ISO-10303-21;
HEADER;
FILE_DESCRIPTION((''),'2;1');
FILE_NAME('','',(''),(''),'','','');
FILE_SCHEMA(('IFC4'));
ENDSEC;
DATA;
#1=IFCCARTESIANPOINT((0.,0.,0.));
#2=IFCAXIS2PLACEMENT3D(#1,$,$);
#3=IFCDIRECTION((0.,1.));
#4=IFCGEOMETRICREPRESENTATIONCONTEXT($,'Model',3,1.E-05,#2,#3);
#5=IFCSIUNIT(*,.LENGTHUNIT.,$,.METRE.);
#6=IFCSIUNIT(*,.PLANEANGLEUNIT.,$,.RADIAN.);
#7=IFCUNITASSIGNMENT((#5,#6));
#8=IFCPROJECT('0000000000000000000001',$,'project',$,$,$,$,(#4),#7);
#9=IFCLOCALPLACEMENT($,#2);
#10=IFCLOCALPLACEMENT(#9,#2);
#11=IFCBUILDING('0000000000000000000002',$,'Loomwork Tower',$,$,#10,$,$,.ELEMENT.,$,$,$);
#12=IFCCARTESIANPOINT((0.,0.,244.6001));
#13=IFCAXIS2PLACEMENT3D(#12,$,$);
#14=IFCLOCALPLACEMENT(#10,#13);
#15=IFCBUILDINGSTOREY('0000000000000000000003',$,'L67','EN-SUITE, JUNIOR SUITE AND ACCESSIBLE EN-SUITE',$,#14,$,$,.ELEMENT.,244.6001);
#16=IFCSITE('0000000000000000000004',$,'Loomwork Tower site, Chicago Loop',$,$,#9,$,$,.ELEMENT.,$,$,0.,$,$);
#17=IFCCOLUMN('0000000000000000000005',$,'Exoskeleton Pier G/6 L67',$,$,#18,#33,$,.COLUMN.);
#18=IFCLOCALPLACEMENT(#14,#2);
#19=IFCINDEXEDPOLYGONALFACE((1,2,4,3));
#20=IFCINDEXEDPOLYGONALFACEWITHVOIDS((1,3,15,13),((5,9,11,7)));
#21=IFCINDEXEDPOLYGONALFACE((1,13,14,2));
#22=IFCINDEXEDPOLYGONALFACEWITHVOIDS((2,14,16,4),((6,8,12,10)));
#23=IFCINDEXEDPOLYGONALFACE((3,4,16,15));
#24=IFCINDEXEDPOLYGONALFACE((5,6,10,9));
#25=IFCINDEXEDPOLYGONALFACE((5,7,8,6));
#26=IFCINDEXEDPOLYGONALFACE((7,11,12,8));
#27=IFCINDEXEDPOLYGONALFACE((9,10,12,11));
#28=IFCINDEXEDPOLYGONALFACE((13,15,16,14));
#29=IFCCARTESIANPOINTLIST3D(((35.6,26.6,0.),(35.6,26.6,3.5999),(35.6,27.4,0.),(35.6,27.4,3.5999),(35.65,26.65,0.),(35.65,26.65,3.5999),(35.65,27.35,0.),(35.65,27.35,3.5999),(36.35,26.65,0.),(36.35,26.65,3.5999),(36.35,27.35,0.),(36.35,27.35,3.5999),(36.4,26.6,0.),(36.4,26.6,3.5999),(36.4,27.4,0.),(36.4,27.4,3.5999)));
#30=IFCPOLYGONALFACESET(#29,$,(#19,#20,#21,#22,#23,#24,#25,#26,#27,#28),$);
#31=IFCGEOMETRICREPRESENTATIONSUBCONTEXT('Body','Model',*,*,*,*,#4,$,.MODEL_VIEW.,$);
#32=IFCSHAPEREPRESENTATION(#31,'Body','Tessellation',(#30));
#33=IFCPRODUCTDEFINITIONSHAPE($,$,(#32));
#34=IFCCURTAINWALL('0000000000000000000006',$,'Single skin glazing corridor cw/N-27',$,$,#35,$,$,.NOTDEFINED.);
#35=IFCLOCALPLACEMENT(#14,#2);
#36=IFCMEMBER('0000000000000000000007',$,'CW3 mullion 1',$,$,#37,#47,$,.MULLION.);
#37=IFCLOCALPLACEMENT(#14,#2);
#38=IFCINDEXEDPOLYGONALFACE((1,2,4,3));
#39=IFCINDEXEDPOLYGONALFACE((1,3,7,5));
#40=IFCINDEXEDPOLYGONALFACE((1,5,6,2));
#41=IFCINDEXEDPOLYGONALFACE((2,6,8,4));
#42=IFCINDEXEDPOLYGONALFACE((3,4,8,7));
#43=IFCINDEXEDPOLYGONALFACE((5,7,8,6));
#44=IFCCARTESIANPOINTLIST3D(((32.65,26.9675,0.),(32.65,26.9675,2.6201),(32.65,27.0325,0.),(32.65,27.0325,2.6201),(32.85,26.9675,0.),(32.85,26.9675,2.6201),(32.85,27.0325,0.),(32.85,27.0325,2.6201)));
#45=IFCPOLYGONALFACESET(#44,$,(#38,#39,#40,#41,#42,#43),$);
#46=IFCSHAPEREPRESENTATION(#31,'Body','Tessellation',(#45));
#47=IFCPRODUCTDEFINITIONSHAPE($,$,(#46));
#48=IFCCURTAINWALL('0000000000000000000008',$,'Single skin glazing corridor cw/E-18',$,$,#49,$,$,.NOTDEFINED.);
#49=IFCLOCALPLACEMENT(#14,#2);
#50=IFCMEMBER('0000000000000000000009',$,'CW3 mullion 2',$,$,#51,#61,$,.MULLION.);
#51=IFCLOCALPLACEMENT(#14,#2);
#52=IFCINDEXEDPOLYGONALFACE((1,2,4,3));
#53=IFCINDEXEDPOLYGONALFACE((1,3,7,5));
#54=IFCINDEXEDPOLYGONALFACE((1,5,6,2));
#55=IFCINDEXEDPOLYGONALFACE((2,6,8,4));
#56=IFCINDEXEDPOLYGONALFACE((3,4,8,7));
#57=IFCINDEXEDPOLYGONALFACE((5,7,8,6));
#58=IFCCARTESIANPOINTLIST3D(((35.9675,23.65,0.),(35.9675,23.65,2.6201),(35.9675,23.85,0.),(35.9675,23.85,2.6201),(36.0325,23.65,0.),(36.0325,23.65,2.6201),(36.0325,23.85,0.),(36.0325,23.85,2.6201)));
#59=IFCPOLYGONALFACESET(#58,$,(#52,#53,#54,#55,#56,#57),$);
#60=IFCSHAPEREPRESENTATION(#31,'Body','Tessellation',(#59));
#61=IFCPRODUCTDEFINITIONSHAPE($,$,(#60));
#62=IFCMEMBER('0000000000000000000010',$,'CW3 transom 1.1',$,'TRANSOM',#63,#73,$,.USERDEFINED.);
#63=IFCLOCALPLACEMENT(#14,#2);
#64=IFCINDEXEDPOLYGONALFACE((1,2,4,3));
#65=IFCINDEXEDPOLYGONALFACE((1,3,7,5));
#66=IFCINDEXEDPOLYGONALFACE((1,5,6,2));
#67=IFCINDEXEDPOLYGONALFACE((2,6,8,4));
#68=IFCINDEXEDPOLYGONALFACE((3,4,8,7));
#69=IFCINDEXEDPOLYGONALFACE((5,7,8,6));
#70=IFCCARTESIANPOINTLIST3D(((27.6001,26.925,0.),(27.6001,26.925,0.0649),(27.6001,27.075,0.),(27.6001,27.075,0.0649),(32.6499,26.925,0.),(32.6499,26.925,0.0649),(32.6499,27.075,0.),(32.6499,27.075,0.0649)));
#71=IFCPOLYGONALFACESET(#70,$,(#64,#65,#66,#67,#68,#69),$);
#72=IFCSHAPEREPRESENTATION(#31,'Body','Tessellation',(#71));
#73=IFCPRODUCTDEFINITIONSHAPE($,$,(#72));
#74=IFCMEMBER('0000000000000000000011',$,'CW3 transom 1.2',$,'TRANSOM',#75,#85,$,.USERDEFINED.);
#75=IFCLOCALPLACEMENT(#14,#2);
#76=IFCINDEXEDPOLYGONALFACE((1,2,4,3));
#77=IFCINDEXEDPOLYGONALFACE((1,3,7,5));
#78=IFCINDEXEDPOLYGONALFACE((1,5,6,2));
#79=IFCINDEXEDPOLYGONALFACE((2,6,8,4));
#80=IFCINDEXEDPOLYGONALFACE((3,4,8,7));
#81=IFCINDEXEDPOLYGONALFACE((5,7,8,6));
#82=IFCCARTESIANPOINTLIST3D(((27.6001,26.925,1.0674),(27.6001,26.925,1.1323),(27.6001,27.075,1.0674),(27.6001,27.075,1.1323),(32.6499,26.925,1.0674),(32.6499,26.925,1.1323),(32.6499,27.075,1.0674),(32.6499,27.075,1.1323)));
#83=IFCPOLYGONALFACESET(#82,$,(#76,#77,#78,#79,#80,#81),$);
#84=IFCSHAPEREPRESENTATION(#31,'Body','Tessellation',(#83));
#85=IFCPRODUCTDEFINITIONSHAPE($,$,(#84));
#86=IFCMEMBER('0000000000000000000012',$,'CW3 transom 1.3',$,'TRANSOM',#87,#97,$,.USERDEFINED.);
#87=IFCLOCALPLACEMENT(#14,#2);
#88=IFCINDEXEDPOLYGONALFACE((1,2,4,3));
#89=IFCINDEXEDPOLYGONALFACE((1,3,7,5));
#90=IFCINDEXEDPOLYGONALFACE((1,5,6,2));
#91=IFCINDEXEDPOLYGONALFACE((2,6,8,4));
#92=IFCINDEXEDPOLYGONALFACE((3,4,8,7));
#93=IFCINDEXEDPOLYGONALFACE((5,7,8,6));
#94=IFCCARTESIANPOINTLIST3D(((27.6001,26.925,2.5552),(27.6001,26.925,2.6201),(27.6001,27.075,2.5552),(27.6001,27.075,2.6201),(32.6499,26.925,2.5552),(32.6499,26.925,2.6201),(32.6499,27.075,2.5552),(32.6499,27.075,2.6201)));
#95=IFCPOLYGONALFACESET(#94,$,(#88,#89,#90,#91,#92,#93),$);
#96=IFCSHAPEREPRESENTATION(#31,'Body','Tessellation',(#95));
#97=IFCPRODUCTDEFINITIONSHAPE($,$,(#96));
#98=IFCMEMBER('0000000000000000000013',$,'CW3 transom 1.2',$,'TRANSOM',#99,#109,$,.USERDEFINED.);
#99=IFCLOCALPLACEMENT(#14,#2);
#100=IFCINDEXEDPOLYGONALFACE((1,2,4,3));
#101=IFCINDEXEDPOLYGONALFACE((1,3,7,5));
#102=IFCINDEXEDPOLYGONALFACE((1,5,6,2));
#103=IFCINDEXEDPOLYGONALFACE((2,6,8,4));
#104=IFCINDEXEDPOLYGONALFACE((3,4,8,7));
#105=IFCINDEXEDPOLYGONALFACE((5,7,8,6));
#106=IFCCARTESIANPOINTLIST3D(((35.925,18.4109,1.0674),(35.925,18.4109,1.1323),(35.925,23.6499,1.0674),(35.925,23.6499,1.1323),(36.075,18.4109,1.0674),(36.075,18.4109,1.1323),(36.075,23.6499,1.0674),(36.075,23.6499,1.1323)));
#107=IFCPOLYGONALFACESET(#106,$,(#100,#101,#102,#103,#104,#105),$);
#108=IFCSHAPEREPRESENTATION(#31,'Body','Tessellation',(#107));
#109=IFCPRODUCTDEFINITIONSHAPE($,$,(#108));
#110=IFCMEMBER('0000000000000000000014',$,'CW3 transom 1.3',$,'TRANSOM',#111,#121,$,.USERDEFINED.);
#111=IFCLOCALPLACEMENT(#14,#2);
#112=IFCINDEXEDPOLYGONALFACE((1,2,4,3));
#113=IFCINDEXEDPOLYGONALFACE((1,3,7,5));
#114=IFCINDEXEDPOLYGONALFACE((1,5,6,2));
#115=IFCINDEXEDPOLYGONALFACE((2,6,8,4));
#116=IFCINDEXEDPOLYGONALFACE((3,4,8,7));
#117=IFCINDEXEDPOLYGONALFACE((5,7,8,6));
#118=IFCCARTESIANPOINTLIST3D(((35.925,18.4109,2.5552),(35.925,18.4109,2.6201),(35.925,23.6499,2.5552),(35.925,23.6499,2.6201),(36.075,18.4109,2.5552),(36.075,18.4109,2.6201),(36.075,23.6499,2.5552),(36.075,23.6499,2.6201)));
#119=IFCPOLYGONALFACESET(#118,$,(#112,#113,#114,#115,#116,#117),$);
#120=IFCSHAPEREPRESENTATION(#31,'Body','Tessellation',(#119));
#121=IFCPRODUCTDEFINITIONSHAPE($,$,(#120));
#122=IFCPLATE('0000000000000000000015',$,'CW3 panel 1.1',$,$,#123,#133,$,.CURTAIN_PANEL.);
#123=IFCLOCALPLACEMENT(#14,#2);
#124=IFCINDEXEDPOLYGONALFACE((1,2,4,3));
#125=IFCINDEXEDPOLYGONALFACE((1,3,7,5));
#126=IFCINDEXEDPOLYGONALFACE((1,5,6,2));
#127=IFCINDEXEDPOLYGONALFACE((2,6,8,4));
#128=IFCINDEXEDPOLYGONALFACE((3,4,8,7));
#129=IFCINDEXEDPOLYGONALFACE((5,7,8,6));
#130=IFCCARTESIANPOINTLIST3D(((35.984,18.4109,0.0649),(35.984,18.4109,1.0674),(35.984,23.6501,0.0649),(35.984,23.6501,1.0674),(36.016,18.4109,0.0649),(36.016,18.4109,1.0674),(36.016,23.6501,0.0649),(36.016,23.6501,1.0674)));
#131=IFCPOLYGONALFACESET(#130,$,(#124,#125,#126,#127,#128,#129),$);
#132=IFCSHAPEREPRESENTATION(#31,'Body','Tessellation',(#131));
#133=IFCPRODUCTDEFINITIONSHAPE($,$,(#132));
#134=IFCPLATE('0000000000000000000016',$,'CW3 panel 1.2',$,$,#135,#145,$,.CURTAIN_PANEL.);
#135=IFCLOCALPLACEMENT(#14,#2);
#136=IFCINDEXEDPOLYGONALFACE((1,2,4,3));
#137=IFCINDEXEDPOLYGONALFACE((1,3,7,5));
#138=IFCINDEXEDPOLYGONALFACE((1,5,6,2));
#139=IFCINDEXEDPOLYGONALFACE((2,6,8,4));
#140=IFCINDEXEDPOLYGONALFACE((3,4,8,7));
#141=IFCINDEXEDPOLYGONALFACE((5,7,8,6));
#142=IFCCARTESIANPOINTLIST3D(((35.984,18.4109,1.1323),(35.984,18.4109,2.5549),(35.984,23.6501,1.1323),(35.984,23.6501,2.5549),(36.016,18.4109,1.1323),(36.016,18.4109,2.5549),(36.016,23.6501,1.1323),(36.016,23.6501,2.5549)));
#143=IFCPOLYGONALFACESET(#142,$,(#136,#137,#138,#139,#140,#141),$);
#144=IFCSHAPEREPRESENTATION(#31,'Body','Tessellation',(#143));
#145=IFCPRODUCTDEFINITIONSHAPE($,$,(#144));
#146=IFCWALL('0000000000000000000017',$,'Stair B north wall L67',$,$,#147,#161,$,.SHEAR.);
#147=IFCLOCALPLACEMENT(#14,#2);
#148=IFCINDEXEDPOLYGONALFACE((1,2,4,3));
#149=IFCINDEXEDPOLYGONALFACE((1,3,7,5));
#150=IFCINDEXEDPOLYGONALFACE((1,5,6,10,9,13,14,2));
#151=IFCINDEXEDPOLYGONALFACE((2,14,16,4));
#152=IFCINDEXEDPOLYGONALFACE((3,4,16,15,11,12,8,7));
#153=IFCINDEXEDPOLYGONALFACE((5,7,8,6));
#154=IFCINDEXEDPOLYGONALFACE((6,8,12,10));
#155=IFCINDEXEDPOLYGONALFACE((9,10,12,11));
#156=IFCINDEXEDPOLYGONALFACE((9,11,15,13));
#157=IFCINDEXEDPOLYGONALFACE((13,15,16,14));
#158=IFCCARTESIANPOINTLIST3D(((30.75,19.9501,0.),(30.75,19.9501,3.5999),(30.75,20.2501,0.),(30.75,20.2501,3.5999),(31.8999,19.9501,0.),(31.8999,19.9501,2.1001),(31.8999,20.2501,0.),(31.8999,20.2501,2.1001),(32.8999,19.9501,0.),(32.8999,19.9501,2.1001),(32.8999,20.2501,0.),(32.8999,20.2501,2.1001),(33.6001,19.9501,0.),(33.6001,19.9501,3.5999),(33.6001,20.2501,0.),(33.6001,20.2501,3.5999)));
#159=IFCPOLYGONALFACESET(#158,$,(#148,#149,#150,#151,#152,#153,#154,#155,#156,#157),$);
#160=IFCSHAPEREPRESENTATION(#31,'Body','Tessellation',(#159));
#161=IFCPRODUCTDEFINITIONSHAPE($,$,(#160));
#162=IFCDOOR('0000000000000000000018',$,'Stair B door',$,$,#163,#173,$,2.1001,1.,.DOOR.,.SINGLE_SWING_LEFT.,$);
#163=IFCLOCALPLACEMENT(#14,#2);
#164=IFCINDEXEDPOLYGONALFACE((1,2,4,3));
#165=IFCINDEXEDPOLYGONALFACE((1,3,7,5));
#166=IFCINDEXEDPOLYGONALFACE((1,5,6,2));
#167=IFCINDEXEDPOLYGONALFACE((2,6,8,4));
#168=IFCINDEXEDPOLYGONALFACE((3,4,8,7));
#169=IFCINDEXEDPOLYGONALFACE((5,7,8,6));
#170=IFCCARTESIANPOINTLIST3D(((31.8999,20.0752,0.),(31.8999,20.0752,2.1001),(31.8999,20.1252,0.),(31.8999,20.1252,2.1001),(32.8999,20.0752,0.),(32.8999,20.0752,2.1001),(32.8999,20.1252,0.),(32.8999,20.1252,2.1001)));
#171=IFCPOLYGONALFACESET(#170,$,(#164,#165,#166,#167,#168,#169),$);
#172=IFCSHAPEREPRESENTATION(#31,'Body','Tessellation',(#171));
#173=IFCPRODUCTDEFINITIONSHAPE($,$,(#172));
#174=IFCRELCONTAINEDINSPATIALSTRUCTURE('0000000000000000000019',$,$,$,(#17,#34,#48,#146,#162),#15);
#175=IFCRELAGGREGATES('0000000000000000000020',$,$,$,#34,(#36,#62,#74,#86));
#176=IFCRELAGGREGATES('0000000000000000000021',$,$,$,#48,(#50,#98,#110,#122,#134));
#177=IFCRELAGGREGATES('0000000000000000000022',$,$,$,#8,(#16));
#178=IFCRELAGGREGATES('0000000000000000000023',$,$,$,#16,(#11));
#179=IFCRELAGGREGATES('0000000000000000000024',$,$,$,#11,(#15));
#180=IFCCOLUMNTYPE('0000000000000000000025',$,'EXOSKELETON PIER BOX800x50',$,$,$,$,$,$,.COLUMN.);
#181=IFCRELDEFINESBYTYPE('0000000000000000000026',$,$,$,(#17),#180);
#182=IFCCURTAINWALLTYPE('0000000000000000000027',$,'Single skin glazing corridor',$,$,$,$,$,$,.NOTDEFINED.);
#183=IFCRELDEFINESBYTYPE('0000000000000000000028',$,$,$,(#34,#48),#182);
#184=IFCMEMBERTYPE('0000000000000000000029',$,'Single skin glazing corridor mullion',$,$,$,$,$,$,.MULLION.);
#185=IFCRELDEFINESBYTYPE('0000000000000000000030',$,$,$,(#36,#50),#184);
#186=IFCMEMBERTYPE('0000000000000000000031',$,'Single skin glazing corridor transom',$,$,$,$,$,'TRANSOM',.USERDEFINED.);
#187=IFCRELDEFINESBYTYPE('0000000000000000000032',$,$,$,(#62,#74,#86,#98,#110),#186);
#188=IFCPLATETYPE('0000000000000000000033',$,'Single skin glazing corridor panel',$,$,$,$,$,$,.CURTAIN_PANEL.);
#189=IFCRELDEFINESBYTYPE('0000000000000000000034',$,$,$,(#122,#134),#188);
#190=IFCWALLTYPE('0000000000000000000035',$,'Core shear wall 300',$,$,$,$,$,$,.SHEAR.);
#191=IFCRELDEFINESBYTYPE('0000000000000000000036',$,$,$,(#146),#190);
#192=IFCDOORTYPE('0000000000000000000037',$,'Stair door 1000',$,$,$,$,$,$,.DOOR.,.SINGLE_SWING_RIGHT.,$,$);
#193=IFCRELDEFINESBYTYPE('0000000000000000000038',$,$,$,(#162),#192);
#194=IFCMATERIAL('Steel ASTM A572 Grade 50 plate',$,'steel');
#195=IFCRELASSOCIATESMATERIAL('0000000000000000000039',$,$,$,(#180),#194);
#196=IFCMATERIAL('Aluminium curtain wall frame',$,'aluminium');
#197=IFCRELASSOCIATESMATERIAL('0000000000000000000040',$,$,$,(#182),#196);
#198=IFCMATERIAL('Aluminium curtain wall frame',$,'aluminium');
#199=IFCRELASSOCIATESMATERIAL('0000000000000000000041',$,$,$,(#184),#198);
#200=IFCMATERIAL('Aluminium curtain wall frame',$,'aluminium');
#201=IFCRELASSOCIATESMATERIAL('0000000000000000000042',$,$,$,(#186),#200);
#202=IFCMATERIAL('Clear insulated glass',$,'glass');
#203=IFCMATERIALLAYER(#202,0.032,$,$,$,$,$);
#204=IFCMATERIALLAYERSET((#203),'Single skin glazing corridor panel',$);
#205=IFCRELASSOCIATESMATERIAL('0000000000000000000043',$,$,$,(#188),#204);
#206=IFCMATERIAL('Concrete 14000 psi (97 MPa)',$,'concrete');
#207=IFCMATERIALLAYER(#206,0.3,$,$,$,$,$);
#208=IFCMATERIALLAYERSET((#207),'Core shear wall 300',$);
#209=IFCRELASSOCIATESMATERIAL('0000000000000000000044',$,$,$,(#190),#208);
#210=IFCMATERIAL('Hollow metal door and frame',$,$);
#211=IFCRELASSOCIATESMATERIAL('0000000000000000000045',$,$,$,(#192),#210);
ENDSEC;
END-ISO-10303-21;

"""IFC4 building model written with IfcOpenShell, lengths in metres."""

from ifc_helpers import new_model, si_unit, direction, frame, frame_2d, origin, origin_2d, place, context, subcontext, project, spatial, rectangle, hollow_rectangle, extrude, material, layer, layer_set, material_profile, profile_set, type_object, element, fill, aggregate, save


model = new_model("IFC4")

# Units and contexts
model_context = context("Model", 3, precision=1e-05, world=origin(), true_north=direction((0.0, 1.0)))
body_context = subcontext(model_context, "Body", "Model", "MODEL_VIEW")
ifc_project = project(units=[si_unit("LENGTHUNIT", "METRE"), si_unit("PLANEANGLEUNIT", "RADIAN")], contexts=[model_context])

# Site, building, storey
site_placement = place(None, origin())
site = spatial("IfcSite", under=ifc_project, at=site_placement, Name="Loomwork Tower site, Chicago Loop", CompositionType="ELEMENT", RefElevation=0.0)
building_placement = place(site_placement, origin())
building = spatial("IfcBuilding", under=site, at=building_placement, Name="Loomwork Tower", CompositionType="ELEMENT")
storey_placement = place(building_placement, frame((0.0, 0.0, 244.6001)))
storey = spatial("IfcBuildingStorey", under=building, at=storey_placement, Name="L67", Description="EN-SUITE, JUNIOR SUITE AND ACCESSIBLE EN-SUITE", CompositionType="ELEMENT", Elevation=244.6001)

# Column
ifc_material_1 = material(Name="Steel ASTM A572 Grade 50 plate", Category="steel")
ifc_material_profile_1 = material_profile(ifc_material_1, hollow_rectangle(XDim=0.8, YDim=0.8, WallThickness=0.05, at=origin_2d()), Name="BOX800x50")
ifc_profile_set_1 = profile_set([ifc_material_profile_1], Name="Steel ASTM A572 Grade 50 plate")
column_type = type_object("IfcColumnType", Name="EXOSKELETON PIER BOX800x50", PredefinedType="COLUMN", material=ifc_profile_set_1)
column_placement = place(storey_placement, frame((36.0, 27.0, 0.0), z_axis=(0.0, 0.0, 1.0), x_axis=(1.0, 0.0, 0.0)))
element("IfcColumn", 1, at=column_placement, inside=storey, type_object=column_type, Name="Exoskeleton Pier G/6 L67", PredefinedType="COLUMN", context=body_context, shape_type="SweptSolid", body=[
    extrude(hollow_rectangle(XDim=0.8, YDim=0.8, WallThickness=0.05, at=origin_2d()), origin(), (0.0, 0.0, 1.0), 3.5999),
])

# Curtain walls, members
ifc_material_2 = material(Name="Aluminium curtain wall frame", Category="aluminium")
curtain_wall_type = type_object("IfcCurtainWallType", Name="Single skin glazing corridor", PredefinedType="NOTDEFINED", material=ifc_material_2)
curtain_wall_1_placement = place(storey_placement, origin())
curtain_wall_1 = element("IfcCurtainWall", 2, at=curtain_wall_1_placement, inside=storey, type_object=curtain_wall_type, Name="Single skin glazing corridor cw/N-27", PredefinedType="NOTDEFINED")
ifc_material_3 = material(Name="Aluminium curtain wall frame", Category="aluminium")
ifc_material_profile_2 = material_profile(ifc_material_3, rectangle(XDim=0.0649, YDim=0.2, at=origin_2d()), Name="AL 65x200")
ifc_profile_set_2 = profile_set([ifc_material_profile_2], Name="Aluminium curtain wall frame")
member_type_1 = type_object("IfcMemberType", Name="Single skin glazing corridor mullion", PredefinedType="MULLION", material=ifc_profile_set_2)
member_1_placement = place(storey_placement, frame((32.75, 27.0, 0.0), z_axis=(0.0, 0.0, 1.0), x_axis=(0.0, -1.0, 0.0)))
member_1 = element("IfcMember", 3, at=member_1_placement, type_object=member_type_1, Name="CW3 mullion 1", PredefinedType="MULLION", context=body_context, shape_type="SweptSolid", body=[
    extrude(rectangle(XDim=0.0649, YDim=0.2, at=origin_2d()), origin(), (0.0, 0.0, 1.0), 2.6201),
])
curtain_wall_2_placement = place(storey_placement, origin())
curtain_wall_2 = element("IfcCurtainWall", 4, at=curtain_wall_2_placement, inside=storey, type_object=curtain_wall_type, Name="Single skin glazing corridor cw/E-18", PredefinedType="NOTDEFINED")
member_2_placement = place(storey_placement, frame((36.0, 23.75, 0.0), z_axis=(0.0, 0.0, 1.0), x_axis=(-1.0, 0.0, 0.0)))
member_2 = element("IfcMember", 5, at=member_2_placement, type_object=member_type_1, Name="CW3 mullion 2", PredefinedType="MULLION", context=body_context, shape_type="SweptSolid", body=[
    extrude(rectangle(XDim=0.0649, YDim=0.2, at=origin_2d()), origin(), (0.0, 0.0, 1.0), 2.6201),
])

# Members
ifc_material_4 = material(Name="Aluminium curtain wall frame", Category="aluminium")
ifc_material_profile_3 = material_profile(ifc_material_4, rectangle(XDim=0.1499, YDim=0.0649, at=origin_2d()), Name="AL 65x150")
ifc_profile_set_3 = profile_set([ifc_material_profile_3], Name="Aluminium curtain wall frame")
member_type_2 = type_object("IfcMemberType", Name="Single skin glazing corridor transom", ElementType="TRANSOM", PredefinedType="USERDEFINED", material=ifc_profile_set_3)
member_3_placement = place(storey_placement, frame((32.6499, 27.0, 0.0325), z_axis=(-1.0, 0.0, 0.0), x_axis=(0.0, -1.0, 0.0)))
member_3 = element("IfcMember", 6, at=member_3_placement, type_object=member_type_2, Name="CW3 transom 1.1", ObjectType="TRANSOM", PredefinedType="USERDEFINED", context=body_context, shape_type="SweptSolid", body=[
    extrude(rectangle(XDim=0.1499, YDim=0.0649, at=origin_2d()), origin(), (0.0, 0.0, 1.0), 5.0498),
])
member_4_placement = place(storey_placement, frame((32.6499, 27.0, 1.0999), z_axis=(-1.0, 0.0, 0.0), x_axis=(0.0, -1.0, 0.0)))
member_4 = element("IfcMember", 7, at=member_4_placement, type_object=member_type_2, Name="CW3 transom 1.2", ObjectType="TRANSOM", PredefinedType="USERDEFINED", context=body_context, shape_type="SweptSolid", body=[
    extrude(rectangle(XDim=0.1499, YDim=0.0649, at=origin_2d()), origin(), (0.0, 0.0, 1.0), 5.0498),
])
member_5_placement = place(storey_placement, frame((32.6499, 27.0, 2.5876), z_axis=(-1.0, 0.0, 0.0), x_axis=(0.0, -1.0, 0.0)))
member_5 = element("IfcMember", 8, at=member_5_placement, type_object=member_type_2, Name="CW3 transom 1.3", ObjectType="TRANSOM", PredefinedType="USERDEFINED", context=body_context, shape_type="SweptSolid", body=[
    extrude(rectangle(XDim=0.1499, YDim=0.0649, at=origin_2d()), origin(), (0.0, 0.0, 1.0), 5.0498),
])
aggregate(curtain_wall_1, [member_1, member_3, member_4, member_5])
member_6_placement = place(storey_placement, frame((36.0, 18.4109, 1.0999), z_axis=(0.0, 1.0, 0.0), x_axis=(-1.0, 0.0, 0.0)))
member_6 = element("IfcMember", 9, at=member_6_placement, type_object=member_type_2, Name="CW3 transom 1.2", ObjectType="TRANSOM", PredefinedType="USERDEFINED", context=body_context, shape_type="SweptSolid", body=[
    extrude(rectangle(XDim=0.1499, YDim=0.0649, at=origin_2d()), origin(), (0.0, 0.0, 1.0), 5.239),
])
member_7_placement = place(storey_placement, frame((36.0, 18.4109, 2.5876), z_axis=(0.0, 1.0, 0.0), x_axis=(-1.0, 0.0, 0.0)))
member_7 = element("IfcMember", 10, at=member_7_placement, type_object=member_type_2, Name="CW3 transom 1.3", ObjectType="TRANSOM", PredefinedType="USERDEFINED", context=body_context, shape_type="SweptSolid", body=[
    extrude(rectangle(XDim=0.1499, YDim=0.0649, at=origin_2d()), origin(), (0.0, 0.0, 1.0), 5.239),
])

# Plates
ifc_material_5 = material(Name="Clear insulated glass", Category="glass")
ifc_layer_1 = layer(ifc_material_5, 0.032)
ifc_layer_set_1 = layer_set([ifc_layer_1], Name="Single skin glazing corridor panel")
plate_type = type_object("IfcPlateType", Name="Single skin glazing corridor panel", PredefinedType="CURTAIN_PANEL", material=ifc_layer_set_1)
plate_1_placement = place(storey_placement, frame((36.0, 21.0305, 0.0649), z_axis=(0.0, 0.0, 1.0), x_axis=(0.0, 1.0, 0.0)))
plate_1 = element("IfcPlate", 11, at=plate_1_placement, type_object=plate_type, Name="CW3 panel 1.1", PredefinedType="CURTAIN_PANEL", context=body_context, shape_type="SweptSolid", body=[
    extrude(rectangle(XDim=5.2393, YDim=0.032, at=origin_2d()), origin(), (0.0, 0.0, 1.0), 1.0024),
])
plate_2_placement = place(storey_placement, frame((36.0, 21.0305, 1.1323), z_axis=(0.0, 0.0, 1.0), x_axis=(0.0, 1.0, 0.0)))
plate_2 = element("IfcPlate", 12, at=plate_2_placement, type_object=plate_type, Name="CW3 panel 1.2", PredefinedType="CURTAIN_PANEL", context=body_context, shape_type="SweptSolid", body=[
    extrude(rectangle(XDim=5.2393, YDim=0.032, at=origin_2d()), origin(), (0.0, 0.0, 1.0), 1.4226),
])
aggregate(curtain_wall_2, [member_2, member_6, member_7, plate_1, plate_2])

# Wall, opening, door
ifc_material_6 = material(Name="Concrete 14000 psi (97 MPa)", Category="concrete")
ifc_layer_2 = layer(ifc_material_6, 0.3)
ifc_layer_set_2 = layer_set([ifc_layer_2], Name="Core shear wall 300")
wall_type_1 = type_object("IfcWallType", Name="Core shear wall 300", PredefinedType="SHEAR", material=ifc_layer_set_2)
wall_1_placement = place(storey_placement, frame((30.75, 20.1001, 0.0), z_axis=(0.0, 0.0, 1.0), x_axis=(1.0, 0.0, 0.0)))
wall_1 = element("IfcWall", 13, at=wall_1_placement, inside=storey, type_object=wall_type_1, Name="Stair B north wall L67", PredefinedType="SHEAR", context=body_context, shape_type="SweptSolid", body=[
    extrude(rectangle(XDim=2.8501, YDim=0.3, at=frame_2d((1.425, 0.0))), origin(), (0.0, 0.0, 1.0), 3.5999),
])
opening_1_placement = place(wall_1_placement, frame((1.1499, 0.0, 0.0)))
opening_1 = element("IfcOpeningElement", 14, at=opening_1_placement, cuts=wall_1, PredefinedType="OPENING", context=body_context, shape_type="SweptSolid", body=[
    extrude(rectangle(XDim=1.0, YDim=2.1001, at=frame_2d((0.5, 1.05))), frame((0.0, 0.1599, 0.0), z_axis=(0.0, -1.0, 0.0), x_axis=(1.0, 0.0, 0.0)), (0.0, 0.0, 1.0), 0.3201),
])
ifc_material_7 = material(Name="Hollow metal door and frame")
door_type = type_object("IfcDoorType", Name="Stair door 1000", OperationType="SINGLE_SWING_RIGHT", PredefinedType="DOOR", material=ifc_material_7)
door_placement = place(opening_1_placement, frame((1.0, 0.0, 0.0), z_axis=(0.0, 0.0, 1.0), x_axis=(-1.0, 0.0, 0.0)))
door = element("IfcDoor", 15, at=door_placement, inside=storey, type_object=door_type, Name="Stair B door", OperationType="SINGLE_SWING_LEFT", OverallHeight=2.1001, OverallWidth=1.0, PredefinedType="DOOR", context=body_context, shape_type="SweptSolid", body=[
    extrude(rectangle(XDim=1.0, YDim=2.1001, at=frame_2d((0.5, 1.05))), frame((0.0, 0.0249, 0.0), z_axis=(0.0, -1.0, 0.0), x_axis=(1.0, 0.0, 0.0)), (0.0, 0.0, 1.0), 0.05),
])
fill(opening_1, door)

save(model, "model.ifc")
